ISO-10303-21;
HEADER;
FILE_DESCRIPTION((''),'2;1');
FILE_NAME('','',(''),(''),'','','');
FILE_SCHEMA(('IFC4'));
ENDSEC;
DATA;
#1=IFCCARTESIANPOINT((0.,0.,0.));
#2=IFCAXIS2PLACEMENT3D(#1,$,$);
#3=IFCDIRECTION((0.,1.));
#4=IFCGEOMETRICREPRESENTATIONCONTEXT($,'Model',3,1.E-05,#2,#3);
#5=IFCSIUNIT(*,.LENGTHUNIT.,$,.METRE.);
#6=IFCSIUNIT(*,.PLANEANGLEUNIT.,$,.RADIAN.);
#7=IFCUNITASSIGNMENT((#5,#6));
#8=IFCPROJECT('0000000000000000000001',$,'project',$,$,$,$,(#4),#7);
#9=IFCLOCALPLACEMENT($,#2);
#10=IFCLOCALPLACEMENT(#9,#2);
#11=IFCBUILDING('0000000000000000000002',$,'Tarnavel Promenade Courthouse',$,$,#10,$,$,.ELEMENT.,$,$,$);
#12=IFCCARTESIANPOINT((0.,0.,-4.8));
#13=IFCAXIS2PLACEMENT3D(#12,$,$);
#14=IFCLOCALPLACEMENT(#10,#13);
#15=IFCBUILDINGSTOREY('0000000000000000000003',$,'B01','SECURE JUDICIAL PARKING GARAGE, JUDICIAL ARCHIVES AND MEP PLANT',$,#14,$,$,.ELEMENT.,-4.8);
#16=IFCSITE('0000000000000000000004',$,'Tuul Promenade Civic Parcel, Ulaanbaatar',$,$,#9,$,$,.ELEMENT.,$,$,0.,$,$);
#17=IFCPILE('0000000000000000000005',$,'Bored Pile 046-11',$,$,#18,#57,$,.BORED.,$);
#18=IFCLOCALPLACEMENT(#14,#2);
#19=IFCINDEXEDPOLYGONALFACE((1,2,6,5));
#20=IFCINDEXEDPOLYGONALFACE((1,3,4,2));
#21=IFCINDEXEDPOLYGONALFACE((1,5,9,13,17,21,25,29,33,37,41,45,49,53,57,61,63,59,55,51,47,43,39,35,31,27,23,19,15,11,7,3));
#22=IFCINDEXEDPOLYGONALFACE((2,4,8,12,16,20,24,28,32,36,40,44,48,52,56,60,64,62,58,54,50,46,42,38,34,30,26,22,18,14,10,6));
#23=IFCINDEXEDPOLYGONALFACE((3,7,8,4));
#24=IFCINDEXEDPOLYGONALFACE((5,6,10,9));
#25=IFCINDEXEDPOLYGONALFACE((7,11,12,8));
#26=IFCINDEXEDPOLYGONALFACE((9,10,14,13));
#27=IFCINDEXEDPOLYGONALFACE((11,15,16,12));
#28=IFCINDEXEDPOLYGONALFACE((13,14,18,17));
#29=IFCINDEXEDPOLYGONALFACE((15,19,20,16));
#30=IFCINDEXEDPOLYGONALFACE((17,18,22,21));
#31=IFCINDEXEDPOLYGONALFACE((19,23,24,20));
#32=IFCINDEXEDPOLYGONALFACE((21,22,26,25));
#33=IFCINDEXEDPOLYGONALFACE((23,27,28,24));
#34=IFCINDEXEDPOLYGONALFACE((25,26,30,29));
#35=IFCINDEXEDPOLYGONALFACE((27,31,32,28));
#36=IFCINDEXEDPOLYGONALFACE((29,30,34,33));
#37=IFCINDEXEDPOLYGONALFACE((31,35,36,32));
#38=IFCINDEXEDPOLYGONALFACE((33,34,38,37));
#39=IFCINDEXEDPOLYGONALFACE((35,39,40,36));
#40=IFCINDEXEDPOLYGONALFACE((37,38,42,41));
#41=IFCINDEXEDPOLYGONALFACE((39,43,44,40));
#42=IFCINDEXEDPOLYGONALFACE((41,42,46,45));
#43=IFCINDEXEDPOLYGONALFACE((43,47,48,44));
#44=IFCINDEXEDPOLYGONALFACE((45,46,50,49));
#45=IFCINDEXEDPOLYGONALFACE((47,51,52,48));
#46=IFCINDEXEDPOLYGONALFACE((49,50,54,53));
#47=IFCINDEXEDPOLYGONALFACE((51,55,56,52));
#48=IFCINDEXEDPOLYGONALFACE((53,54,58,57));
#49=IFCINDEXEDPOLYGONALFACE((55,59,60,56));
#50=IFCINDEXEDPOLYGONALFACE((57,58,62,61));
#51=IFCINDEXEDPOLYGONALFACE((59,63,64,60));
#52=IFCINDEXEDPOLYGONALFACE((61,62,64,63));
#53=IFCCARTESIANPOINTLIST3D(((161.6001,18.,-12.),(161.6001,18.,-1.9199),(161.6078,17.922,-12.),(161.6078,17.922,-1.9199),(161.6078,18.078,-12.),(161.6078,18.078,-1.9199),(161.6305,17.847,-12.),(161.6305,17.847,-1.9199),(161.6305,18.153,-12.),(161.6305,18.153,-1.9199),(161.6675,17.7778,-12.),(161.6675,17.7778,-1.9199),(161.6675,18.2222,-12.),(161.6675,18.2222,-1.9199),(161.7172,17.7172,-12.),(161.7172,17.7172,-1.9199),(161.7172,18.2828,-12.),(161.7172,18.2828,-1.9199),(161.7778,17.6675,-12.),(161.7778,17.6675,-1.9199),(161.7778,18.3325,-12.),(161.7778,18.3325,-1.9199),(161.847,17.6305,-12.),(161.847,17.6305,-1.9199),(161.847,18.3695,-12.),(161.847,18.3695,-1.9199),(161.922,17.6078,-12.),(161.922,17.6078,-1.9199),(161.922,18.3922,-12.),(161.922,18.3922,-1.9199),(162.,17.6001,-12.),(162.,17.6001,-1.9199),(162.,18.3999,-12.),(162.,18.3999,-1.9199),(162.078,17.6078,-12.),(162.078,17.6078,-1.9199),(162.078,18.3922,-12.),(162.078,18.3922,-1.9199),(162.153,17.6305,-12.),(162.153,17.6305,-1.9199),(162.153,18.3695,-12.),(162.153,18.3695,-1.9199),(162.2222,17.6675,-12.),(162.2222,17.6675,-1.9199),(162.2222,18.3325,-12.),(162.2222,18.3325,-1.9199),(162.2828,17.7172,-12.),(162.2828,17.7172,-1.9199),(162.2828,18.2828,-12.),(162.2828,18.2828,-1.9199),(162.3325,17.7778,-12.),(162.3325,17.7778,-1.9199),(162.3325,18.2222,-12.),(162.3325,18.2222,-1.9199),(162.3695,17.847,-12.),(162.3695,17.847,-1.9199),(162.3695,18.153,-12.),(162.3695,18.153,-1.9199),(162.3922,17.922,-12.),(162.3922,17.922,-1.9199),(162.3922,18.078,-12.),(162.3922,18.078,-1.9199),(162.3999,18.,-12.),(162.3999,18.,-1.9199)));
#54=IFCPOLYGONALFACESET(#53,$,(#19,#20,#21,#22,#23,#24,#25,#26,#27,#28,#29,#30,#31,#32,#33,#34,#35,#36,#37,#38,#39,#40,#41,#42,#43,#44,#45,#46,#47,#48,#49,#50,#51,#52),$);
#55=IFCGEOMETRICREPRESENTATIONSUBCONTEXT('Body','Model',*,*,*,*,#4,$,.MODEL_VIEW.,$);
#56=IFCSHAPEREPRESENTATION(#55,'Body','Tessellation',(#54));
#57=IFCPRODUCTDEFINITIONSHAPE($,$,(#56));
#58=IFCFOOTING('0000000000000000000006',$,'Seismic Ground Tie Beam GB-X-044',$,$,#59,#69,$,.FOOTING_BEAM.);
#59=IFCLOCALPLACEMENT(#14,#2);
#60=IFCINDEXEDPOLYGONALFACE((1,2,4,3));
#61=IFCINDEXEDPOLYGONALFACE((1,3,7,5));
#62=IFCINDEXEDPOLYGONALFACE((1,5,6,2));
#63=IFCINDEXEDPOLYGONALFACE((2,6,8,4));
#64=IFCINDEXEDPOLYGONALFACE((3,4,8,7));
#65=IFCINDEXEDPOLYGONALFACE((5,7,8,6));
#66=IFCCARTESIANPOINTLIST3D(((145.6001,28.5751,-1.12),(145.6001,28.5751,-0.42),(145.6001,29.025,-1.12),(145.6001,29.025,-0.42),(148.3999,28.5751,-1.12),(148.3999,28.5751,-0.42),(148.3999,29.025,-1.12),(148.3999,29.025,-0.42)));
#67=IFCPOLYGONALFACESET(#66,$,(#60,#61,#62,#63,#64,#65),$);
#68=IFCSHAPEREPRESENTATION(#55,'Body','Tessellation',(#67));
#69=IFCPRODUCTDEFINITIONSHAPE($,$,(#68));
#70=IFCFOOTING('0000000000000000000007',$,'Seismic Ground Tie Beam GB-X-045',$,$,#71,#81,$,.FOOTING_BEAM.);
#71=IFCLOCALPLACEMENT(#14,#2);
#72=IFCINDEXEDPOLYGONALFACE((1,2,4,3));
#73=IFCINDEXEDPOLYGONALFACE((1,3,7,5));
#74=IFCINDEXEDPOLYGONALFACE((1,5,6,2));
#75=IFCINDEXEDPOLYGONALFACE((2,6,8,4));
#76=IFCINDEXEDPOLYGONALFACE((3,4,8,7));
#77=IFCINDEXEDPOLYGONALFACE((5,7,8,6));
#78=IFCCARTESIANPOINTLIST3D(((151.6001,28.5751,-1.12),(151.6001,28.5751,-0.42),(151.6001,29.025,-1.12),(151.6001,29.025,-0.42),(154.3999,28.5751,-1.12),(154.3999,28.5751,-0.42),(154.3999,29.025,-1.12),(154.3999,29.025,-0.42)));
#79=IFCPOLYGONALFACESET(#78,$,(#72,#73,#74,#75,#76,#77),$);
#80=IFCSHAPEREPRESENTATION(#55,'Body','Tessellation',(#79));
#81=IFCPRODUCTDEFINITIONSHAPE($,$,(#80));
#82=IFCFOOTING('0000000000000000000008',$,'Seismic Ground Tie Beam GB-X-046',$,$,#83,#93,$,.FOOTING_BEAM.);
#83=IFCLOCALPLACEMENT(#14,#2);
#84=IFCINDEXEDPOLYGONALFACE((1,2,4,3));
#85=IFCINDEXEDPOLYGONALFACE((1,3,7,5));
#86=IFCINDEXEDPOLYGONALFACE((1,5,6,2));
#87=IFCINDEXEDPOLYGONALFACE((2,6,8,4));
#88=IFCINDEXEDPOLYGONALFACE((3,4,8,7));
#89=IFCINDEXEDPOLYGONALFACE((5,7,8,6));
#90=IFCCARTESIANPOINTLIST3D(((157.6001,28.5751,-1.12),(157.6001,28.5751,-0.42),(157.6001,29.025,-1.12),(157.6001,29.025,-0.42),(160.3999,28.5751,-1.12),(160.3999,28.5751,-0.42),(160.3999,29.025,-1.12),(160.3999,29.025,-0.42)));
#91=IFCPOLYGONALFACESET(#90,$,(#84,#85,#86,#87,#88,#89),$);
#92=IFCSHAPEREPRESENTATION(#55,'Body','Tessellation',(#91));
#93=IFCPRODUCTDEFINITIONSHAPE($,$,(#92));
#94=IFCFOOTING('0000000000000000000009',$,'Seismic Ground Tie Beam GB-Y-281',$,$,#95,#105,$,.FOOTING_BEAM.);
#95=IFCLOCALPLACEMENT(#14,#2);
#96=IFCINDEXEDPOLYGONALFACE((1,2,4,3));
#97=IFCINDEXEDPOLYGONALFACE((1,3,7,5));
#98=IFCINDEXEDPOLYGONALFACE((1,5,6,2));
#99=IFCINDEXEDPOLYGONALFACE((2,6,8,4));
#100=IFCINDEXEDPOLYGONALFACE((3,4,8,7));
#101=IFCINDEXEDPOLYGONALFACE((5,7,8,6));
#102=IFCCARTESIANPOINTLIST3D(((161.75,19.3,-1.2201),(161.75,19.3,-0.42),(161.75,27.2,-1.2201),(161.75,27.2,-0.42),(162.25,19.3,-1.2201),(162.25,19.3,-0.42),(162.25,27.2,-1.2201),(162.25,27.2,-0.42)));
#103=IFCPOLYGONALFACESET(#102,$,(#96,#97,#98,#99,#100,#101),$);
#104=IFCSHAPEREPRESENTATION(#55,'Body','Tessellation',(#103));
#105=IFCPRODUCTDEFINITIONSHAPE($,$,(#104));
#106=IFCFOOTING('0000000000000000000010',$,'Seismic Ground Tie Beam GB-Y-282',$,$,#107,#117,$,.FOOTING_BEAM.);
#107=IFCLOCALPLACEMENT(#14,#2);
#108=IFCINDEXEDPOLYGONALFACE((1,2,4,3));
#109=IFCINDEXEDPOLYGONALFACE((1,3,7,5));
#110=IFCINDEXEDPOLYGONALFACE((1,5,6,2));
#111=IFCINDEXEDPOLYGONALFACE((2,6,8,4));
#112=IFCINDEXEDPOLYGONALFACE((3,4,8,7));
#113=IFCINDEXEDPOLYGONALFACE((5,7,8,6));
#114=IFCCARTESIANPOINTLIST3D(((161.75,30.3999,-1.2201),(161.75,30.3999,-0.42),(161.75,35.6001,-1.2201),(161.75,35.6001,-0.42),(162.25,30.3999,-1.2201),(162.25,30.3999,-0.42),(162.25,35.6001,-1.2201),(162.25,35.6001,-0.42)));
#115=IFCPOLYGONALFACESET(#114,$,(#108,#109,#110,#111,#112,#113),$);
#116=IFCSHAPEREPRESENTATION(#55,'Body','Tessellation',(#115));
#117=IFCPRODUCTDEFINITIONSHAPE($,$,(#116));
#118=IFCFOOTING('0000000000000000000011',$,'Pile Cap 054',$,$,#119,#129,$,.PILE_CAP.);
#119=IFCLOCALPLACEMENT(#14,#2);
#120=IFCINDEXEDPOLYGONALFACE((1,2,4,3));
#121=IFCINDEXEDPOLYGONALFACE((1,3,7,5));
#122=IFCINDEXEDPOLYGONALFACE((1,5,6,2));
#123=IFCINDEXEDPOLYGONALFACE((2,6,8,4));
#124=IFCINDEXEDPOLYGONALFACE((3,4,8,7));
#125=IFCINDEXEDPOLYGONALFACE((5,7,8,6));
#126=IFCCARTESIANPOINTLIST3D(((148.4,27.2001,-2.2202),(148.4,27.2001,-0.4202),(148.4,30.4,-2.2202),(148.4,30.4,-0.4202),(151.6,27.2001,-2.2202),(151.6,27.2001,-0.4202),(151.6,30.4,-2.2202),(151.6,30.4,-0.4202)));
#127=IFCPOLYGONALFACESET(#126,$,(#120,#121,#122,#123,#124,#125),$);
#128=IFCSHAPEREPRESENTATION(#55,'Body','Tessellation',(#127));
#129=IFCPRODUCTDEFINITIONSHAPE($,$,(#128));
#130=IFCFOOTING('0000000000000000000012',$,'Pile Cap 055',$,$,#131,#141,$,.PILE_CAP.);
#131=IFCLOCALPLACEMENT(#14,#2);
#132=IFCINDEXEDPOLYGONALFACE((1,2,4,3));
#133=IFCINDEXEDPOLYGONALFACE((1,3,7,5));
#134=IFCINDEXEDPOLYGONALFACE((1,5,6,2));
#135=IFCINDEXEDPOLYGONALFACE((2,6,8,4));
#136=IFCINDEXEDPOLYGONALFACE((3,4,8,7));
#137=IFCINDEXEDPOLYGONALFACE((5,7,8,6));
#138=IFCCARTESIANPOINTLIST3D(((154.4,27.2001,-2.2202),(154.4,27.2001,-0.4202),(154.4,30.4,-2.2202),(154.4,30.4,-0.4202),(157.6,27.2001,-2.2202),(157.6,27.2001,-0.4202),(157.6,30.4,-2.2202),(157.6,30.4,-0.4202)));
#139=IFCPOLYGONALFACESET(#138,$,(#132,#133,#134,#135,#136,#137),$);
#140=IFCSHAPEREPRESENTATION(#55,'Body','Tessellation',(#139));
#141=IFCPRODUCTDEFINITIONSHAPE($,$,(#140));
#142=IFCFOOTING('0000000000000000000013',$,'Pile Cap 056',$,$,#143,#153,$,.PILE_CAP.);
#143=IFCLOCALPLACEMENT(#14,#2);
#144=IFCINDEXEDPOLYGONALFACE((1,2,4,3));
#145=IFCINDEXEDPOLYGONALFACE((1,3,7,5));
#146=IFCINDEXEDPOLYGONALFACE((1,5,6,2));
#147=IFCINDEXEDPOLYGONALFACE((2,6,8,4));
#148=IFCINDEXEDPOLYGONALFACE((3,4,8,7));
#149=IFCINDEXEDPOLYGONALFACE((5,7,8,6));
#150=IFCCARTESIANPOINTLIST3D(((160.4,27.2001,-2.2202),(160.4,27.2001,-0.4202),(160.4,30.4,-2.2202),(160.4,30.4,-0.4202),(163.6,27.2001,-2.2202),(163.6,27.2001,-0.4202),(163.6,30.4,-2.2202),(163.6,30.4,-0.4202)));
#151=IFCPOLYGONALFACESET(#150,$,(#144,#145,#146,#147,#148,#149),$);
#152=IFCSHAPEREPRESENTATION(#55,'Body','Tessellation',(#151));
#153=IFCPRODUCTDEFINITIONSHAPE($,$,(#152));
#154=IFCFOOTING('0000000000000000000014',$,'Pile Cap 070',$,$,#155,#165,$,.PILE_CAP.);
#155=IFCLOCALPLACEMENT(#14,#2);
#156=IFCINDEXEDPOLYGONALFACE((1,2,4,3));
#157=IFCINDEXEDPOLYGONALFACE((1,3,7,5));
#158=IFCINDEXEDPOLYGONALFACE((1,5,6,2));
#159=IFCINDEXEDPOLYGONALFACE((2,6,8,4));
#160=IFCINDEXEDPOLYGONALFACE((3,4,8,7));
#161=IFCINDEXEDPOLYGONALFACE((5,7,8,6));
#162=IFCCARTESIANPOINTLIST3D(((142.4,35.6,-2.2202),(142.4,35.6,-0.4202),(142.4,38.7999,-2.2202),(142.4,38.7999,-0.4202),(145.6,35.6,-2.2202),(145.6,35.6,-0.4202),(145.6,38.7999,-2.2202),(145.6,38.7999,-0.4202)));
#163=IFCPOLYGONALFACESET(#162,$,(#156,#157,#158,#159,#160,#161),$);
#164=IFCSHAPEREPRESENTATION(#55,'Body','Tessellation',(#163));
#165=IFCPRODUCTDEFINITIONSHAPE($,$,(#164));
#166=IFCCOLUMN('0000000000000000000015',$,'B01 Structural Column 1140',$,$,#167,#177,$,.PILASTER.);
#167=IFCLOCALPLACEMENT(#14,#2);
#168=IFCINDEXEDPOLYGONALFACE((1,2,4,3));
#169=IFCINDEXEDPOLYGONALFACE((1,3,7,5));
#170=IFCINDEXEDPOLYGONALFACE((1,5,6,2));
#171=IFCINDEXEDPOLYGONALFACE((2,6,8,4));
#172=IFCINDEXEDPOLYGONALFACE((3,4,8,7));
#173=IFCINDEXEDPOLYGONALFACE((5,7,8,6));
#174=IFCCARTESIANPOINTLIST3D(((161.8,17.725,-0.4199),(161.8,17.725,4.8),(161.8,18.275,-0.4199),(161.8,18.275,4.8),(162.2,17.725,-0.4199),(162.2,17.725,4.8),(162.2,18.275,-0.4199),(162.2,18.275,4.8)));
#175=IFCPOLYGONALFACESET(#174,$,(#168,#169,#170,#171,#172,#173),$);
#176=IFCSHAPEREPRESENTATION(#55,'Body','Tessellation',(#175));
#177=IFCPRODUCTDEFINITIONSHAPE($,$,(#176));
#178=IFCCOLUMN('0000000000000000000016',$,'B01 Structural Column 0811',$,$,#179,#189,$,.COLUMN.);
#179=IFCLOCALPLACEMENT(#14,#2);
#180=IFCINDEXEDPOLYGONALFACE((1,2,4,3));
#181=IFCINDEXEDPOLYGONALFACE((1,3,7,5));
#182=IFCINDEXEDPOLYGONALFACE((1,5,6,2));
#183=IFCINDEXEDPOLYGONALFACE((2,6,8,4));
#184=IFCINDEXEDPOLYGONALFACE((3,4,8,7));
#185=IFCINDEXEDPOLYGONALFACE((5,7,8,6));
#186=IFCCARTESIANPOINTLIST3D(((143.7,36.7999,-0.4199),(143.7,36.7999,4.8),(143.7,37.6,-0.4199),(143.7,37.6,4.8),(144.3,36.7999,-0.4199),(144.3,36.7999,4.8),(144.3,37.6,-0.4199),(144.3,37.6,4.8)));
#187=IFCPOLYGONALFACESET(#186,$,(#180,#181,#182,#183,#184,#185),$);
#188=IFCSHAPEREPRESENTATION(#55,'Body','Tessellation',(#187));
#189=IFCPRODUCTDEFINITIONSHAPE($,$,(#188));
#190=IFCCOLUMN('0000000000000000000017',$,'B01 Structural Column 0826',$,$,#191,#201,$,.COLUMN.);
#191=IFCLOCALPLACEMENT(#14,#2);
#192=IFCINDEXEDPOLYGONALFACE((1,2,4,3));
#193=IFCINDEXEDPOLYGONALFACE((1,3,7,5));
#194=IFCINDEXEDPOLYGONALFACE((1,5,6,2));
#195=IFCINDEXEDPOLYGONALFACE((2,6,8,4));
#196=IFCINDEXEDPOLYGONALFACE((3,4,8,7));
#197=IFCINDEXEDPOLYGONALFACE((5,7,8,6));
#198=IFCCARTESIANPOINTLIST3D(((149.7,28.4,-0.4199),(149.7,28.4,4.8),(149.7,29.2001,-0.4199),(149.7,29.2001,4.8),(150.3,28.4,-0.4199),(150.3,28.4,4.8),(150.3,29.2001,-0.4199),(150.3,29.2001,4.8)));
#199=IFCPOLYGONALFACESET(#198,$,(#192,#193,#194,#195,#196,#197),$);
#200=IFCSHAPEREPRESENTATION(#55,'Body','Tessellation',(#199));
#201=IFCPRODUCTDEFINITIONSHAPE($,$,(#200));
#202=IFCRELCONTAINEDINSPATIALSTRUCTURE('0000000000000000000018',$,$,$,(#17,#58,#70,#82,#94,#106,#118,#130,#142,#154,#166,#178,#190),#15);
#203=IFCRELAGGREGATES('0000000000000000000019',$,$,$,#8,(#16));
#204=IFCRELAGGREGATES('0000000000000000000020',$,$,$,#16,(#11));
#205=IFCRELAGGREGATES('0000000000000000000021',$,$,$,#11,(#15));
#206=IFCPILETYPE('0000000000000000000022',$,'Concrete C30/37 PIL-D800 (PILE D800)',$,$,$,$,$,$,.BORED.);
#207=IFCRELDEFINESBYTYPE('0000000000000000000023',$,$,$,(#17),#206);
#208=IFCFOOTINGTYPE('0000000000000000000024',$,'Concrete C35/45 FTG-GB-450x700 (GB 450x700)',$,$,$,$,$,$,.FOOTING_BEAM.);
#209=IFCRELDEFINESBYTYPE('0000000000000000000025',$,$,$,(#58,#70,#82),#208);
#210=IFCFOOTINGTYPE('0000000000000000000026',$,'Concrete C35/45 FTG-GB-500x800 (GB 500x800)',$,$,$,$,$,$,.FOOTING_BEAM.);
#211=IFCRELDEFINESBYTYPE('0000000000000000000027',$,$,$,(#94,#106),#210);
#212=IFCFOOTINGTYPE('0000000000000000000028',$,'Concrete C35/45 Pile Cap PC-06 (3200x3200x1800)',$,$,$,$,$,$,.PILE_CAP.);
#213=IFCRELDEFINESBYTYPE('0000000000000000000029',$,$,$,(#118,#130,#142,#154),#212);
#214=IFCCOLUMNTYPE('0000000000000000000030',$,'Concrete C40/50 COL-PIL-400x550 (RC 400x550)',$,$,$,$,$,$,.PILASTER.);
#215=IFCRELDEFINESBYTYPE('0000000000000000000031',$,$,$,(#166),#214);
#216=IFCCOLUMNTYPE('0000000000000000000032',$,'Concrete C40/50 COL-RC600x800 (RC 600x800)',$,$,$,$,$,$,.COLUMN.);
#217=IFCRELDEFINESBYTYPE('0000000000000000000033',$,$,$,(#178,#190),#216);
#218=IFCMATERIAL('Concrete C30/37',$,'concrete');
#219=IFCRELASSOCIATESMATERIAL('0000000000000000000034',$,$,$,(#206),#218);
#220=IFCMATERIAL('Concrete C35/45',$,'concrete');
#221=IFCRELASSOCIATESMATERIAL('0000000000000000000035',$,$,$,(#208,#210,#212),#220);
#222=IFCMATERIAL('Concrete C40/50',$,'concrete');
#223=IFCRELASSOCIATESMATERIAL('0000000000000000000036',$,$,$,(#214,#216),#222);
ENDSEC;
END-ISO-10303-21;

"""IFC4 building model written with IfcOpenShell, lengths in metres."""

from ifc_helpers import new_model, si_unit, direction, frame, origin, origin_2d, place, context, subcontext, project, spatial, rectangle, circle, extrude, material, material_profile, profile_set, type_object, element, save


model = new_model("IFC4")

# Units and contexts
model_context = context("Model", 3, precision=1e-05, world=origin(), true_north=direction((0.0, 1.0)))
body_context = subcontext(model_context, "Body", "Model", "MODEL_VIEW")
ifc_project = project(units=[si_unit("LENGTHUNIT", "METRE"), si_unit("PLANEANGLEUNIT", "RADIAN")], contexts=[model_context])

# Site, building, storey
site_placement = place(None, origin())
site = spatial("IfcSite", under=ifc_project, at=site_placement, Name="Tuul Promenade Civic Parcel, Ulaanbaatar", CompositionType="ELEMENT", RefElevation=0.0)
building_placement = place(site_placement, origin())
building = spatial("IfcBuilding", under=site, at=building_placement, Name="Tarnavel Promenade Courthouse", CompositionType="ELEMENT")
storey_placement = place(building_placement, frame((0.0, 0.0, -4.8)))
storey = spatial("IfcBuildingStorey", under=building, at=storey_placement, Name="B01", Description="SECURE JUDICIAL PARKING GARAGE, JUDICIAL ARCHIVES AND MEP PLANT", CompositionType="ELEMENT", Elevation=-4.8)

# Pile
ifc_material_1 = material(Name="Concrete C30/37", Category="concrete")
ifc_material_profile_1 = material_profile(ifc_material_1, circle(Radius=0.3999, at=origin_2d()), Name="PILE D800")
ifc_profile_set_1 = profile_set([ifc_material_profile_1], Name="Concrete C30/37")
pile_type_1 = type_object("IfcPileType", Name="Concrete C30/37 PIL-D800 (PILE D800)", PredefinedType="BORED", material=ifc_profile_set_1)
pile_placement = place(storey_placement, frame((162.0, 18.0, -1.9199), z_axis=(0.0, 0.0, -1.0), x_axis=(1.0, 0.0, 0.0)))
element("IfcPile", 1, at=pile_placement, inside=storey, type_object=pile_type_1, Name="Bored Pile 046-11", PredefinedType="BORED", context=body_context, shape_type="SweptSolid", body=[
    extrude(circle(Radius=0.3999, at=origin_2d()), origin(), (0.0, 0.0, 1.0), 10.0801),
])

# Footings
ifc_material_2 = material(Name="Concrete C35/45", Category="concrete")
ifc_material_profile_2 = material_profile(ifc_material_2, rectangle(XDim=0.45, YDim=0.7, at=origin_2d()), Name="GB 450x700")
ifc_profile_set_2 = profile_set([ifc_material_profile_2], Name="Concrete C35/45")
footing_type_1 = type_object("IfcFootingType", Name="Concrete C35/45 FTG-GB-450x700 (GB 450x700)", PredefinedType="FOOTING_BEAM", material=ifc_profile_set_2)
for number, where, z_axis, x_axis, name in (
    (2, (145.6001, 28.8, -0.77), (1.0, 0.0, 0.0), (0.0, 1.0, 0.0), "Seismic Ground Tie Beam GB-X-044"),
    (3, (151.6001, 28.8, -0.77), (1.0, 0.0, 0.0), (0.0, 1.0, 0.0), "Seismic Ground Tie Beam GB-X-045"),
    (4, (157.6001, 28.8, -0.77), (1.0, 0.0, 0.0), (0.0, 1.0, 0.0), "Seismic Ground Tie Beam GB-X-046"),
):
    element("IfcFooting", number, at=place(storey_placement, frame(where, z_axis=z_axis, x_axis=x_axis)), inside=storey, type_object=footing_type_1, Name=name, PredefinedType="FOOTING_BEAM", context=body_context, shape_type="SweptSolid", body=[
        extrude(rectangle(XDim=0.45, YDim=0.7, at=origin_2d()), origin(), (0.0, 0.0, 1.0), 2.7998),
    ])
ifc_material_profile_3 = material_profile(ifc_material_2, rectangle(XDim=0.5, YDim=0.8, at=origin_2d()), Name="GB 500x800")
ifc_profile_set_3 = profile_set([ifc_material_profile_3], Name="Concrete C35/45")
footing_type_2 = type_object("IfcFootingType", Name="Concrete C35/45 FTG-GB-500x800 (GB 500x800)", PredefinedType="FOOTING_BEAM", material=ifc_profile_set_3)
footing_1_placement = place(storey_placement, frame((162.0, 19.3, -0.8201), z_axis=(0.0, 1.0, 0.0), x_axis=(-1.0, 0.0, 0.0)))
element("IfcFooting", 5, at=footing_1_placement, inside=storey, type_object=footing_type_2, Name="Seismic Ground Tie Beam GB-Y-281", PredefinedType="FOOTING_BEAM", context=body_context, shape_type="SweptSolid", body=[
    extrude(rectangle(XDim=0.5, YDim=0.8, at=origin_2d()), origin(), (0.0, 0.0, 1.0), 7.8999),
])
footing_2_placement = place(storey_placement, frame((162.0, 30.3999, -0.8201), z_axis=(0.0, 1.0, 0.0), x_axis=(-1.0, 0.0, 0.0)))
element("IfcFooting", 6, at=footing_2_placement, inside=storey, type_object=footing_type_2, Name="Seismic Ground Tie Beam GB-Y-282", PredefinedType="FOOTING_BEAM", context=body_context, shape_type="SweptSolid", body=[
    extrude(rectangle(XDim=0.5, YDim=0.8, at=origin_2d()), origin(), (0.0, 0.0, 1.0), 5.2002),
])
footing_type_3 = type_object("IfcFootingType", Name="Concrete C35/45 Pile Cap PC-06 (3200x3200x1800)", PredefinedType="PILE_CAP", material=ifc_material_2)
for number, where, z_axis, x_axis, name in (
    (7, (150.0, 28.8, -2.2202), (0.0, 0.0, 1.0), (1.0, 0.0, 0.0), "Pile Cap 054"),
    (8, (156.0, 28.8, -2.2202), (0.0, 0.0, 1.0), (1.0, 0.0, 0.0), "Pile Cap 055"),
    (9, (162.0, 28.8, -2.2202), (0.0, 0.0, 1.0), (1.0, 0.0, 0.0), "Pile Cap 056"),
    (10, (144.0, 37.2, -2.2202), (0.0, 0.0, 1.0), (1.0, 0.0, 0.0), "Pile Cap 070"),
):
    element("IfcFooting", number, at=place(storey_placement, frame(where, z_axis=z_axis, x_axis=x_axis)), inside=storey, type_object=footing_type_3, Name=name, PredefinedType="PILE_CAP", context=body_context, shape_type="SweptSolid", body=[
        extrude(rectangle(XDim=3.2, YDim=3.2, at=origin_2d()), origin(), (0.0, 0.0, 1.0), 1.8),
    ])

# Columns
ifc_material_3 = material(Name="Concrete C40/50", Category="concrete")
ifc_material_profile_4 = material_profile(ifc_material_3, rectangle(XDim=0.3999, YDim=0.55, at=origin_2d()), Name="RC 400x550")
ifc_profile_set_4 = profile_set([ifc_material_profile_4], Name="Concrete C40/50")
column_type_1 = type_object("IfcColumnType", Name="Concrete C40/50 COL-PIL-400x550 (RC 400x550)", PredefinedType="PILASTER", material=ifc_profile_set_4)
column_placement = place(storey_placement, frame((162.0, 18.0, -0.4199), z_axis=(0.0, 0.0, 1.0), x_axis=(1.0, 0.0, 0.0)))
element("IfcColumn", 11, at=column_placement, inside=storey, type_object=column_type_1, Name="B01 Structural Column 1140", PredefinedType="PILASTER", context=body_context, shape_type="SweptSolid", body=[
    extrude(rectangle(XDim=0.3999, YDim=0.55, at=origin_2d()), origin(), (0.0, 0.0, 1.0), 5.22),
])
ifc_material_profile_5 = material_profile(ifc_material_3, rectangle(XDim=0.6001, YDim=0.8, at=origin_2d()), Name="RC 600x800")
ifc_profile_set_5 = profile_set([ifc_material_profile_5], Name="Concrete C40/50")
column_type_2 = type_object("IfcColumnType", Name="Concrete C40/50 COL-RC600x800 (RC 600x800)", PredefinedType="COLUMN", material=ifc_profile_set_5)
for number, where, z_axis, x_axis, name in (
    (12, (144.0, 37.2, -0.4199), (0.0, 0.0, 1.0), (1.0, 0.0, 0.0), "B01 Structural Column 0811"),
    (13, (150.0, 28.8, -0.4199), (0.0, 0.0, 1.0), (1.0, 0.0, 0.0), "B01 Structural Column 0826"),
):
    element("IfcColumn", number, at=place(storey_placement, frame(where, z_axis=z_axis, x_axis=x_axis)), inside=storey, type_object=column_type_2, Name=name, PredefinedType="COLUMN", context=body_context, shape_type="SweptSolid", body=[
        extrude(rectangle(XDim=0.6001, YDim=0.8, at=origin_2d()), origin(), (0.0, 0.0, 1.0), 5.22),
    ])

save(model, "model.ifc")
